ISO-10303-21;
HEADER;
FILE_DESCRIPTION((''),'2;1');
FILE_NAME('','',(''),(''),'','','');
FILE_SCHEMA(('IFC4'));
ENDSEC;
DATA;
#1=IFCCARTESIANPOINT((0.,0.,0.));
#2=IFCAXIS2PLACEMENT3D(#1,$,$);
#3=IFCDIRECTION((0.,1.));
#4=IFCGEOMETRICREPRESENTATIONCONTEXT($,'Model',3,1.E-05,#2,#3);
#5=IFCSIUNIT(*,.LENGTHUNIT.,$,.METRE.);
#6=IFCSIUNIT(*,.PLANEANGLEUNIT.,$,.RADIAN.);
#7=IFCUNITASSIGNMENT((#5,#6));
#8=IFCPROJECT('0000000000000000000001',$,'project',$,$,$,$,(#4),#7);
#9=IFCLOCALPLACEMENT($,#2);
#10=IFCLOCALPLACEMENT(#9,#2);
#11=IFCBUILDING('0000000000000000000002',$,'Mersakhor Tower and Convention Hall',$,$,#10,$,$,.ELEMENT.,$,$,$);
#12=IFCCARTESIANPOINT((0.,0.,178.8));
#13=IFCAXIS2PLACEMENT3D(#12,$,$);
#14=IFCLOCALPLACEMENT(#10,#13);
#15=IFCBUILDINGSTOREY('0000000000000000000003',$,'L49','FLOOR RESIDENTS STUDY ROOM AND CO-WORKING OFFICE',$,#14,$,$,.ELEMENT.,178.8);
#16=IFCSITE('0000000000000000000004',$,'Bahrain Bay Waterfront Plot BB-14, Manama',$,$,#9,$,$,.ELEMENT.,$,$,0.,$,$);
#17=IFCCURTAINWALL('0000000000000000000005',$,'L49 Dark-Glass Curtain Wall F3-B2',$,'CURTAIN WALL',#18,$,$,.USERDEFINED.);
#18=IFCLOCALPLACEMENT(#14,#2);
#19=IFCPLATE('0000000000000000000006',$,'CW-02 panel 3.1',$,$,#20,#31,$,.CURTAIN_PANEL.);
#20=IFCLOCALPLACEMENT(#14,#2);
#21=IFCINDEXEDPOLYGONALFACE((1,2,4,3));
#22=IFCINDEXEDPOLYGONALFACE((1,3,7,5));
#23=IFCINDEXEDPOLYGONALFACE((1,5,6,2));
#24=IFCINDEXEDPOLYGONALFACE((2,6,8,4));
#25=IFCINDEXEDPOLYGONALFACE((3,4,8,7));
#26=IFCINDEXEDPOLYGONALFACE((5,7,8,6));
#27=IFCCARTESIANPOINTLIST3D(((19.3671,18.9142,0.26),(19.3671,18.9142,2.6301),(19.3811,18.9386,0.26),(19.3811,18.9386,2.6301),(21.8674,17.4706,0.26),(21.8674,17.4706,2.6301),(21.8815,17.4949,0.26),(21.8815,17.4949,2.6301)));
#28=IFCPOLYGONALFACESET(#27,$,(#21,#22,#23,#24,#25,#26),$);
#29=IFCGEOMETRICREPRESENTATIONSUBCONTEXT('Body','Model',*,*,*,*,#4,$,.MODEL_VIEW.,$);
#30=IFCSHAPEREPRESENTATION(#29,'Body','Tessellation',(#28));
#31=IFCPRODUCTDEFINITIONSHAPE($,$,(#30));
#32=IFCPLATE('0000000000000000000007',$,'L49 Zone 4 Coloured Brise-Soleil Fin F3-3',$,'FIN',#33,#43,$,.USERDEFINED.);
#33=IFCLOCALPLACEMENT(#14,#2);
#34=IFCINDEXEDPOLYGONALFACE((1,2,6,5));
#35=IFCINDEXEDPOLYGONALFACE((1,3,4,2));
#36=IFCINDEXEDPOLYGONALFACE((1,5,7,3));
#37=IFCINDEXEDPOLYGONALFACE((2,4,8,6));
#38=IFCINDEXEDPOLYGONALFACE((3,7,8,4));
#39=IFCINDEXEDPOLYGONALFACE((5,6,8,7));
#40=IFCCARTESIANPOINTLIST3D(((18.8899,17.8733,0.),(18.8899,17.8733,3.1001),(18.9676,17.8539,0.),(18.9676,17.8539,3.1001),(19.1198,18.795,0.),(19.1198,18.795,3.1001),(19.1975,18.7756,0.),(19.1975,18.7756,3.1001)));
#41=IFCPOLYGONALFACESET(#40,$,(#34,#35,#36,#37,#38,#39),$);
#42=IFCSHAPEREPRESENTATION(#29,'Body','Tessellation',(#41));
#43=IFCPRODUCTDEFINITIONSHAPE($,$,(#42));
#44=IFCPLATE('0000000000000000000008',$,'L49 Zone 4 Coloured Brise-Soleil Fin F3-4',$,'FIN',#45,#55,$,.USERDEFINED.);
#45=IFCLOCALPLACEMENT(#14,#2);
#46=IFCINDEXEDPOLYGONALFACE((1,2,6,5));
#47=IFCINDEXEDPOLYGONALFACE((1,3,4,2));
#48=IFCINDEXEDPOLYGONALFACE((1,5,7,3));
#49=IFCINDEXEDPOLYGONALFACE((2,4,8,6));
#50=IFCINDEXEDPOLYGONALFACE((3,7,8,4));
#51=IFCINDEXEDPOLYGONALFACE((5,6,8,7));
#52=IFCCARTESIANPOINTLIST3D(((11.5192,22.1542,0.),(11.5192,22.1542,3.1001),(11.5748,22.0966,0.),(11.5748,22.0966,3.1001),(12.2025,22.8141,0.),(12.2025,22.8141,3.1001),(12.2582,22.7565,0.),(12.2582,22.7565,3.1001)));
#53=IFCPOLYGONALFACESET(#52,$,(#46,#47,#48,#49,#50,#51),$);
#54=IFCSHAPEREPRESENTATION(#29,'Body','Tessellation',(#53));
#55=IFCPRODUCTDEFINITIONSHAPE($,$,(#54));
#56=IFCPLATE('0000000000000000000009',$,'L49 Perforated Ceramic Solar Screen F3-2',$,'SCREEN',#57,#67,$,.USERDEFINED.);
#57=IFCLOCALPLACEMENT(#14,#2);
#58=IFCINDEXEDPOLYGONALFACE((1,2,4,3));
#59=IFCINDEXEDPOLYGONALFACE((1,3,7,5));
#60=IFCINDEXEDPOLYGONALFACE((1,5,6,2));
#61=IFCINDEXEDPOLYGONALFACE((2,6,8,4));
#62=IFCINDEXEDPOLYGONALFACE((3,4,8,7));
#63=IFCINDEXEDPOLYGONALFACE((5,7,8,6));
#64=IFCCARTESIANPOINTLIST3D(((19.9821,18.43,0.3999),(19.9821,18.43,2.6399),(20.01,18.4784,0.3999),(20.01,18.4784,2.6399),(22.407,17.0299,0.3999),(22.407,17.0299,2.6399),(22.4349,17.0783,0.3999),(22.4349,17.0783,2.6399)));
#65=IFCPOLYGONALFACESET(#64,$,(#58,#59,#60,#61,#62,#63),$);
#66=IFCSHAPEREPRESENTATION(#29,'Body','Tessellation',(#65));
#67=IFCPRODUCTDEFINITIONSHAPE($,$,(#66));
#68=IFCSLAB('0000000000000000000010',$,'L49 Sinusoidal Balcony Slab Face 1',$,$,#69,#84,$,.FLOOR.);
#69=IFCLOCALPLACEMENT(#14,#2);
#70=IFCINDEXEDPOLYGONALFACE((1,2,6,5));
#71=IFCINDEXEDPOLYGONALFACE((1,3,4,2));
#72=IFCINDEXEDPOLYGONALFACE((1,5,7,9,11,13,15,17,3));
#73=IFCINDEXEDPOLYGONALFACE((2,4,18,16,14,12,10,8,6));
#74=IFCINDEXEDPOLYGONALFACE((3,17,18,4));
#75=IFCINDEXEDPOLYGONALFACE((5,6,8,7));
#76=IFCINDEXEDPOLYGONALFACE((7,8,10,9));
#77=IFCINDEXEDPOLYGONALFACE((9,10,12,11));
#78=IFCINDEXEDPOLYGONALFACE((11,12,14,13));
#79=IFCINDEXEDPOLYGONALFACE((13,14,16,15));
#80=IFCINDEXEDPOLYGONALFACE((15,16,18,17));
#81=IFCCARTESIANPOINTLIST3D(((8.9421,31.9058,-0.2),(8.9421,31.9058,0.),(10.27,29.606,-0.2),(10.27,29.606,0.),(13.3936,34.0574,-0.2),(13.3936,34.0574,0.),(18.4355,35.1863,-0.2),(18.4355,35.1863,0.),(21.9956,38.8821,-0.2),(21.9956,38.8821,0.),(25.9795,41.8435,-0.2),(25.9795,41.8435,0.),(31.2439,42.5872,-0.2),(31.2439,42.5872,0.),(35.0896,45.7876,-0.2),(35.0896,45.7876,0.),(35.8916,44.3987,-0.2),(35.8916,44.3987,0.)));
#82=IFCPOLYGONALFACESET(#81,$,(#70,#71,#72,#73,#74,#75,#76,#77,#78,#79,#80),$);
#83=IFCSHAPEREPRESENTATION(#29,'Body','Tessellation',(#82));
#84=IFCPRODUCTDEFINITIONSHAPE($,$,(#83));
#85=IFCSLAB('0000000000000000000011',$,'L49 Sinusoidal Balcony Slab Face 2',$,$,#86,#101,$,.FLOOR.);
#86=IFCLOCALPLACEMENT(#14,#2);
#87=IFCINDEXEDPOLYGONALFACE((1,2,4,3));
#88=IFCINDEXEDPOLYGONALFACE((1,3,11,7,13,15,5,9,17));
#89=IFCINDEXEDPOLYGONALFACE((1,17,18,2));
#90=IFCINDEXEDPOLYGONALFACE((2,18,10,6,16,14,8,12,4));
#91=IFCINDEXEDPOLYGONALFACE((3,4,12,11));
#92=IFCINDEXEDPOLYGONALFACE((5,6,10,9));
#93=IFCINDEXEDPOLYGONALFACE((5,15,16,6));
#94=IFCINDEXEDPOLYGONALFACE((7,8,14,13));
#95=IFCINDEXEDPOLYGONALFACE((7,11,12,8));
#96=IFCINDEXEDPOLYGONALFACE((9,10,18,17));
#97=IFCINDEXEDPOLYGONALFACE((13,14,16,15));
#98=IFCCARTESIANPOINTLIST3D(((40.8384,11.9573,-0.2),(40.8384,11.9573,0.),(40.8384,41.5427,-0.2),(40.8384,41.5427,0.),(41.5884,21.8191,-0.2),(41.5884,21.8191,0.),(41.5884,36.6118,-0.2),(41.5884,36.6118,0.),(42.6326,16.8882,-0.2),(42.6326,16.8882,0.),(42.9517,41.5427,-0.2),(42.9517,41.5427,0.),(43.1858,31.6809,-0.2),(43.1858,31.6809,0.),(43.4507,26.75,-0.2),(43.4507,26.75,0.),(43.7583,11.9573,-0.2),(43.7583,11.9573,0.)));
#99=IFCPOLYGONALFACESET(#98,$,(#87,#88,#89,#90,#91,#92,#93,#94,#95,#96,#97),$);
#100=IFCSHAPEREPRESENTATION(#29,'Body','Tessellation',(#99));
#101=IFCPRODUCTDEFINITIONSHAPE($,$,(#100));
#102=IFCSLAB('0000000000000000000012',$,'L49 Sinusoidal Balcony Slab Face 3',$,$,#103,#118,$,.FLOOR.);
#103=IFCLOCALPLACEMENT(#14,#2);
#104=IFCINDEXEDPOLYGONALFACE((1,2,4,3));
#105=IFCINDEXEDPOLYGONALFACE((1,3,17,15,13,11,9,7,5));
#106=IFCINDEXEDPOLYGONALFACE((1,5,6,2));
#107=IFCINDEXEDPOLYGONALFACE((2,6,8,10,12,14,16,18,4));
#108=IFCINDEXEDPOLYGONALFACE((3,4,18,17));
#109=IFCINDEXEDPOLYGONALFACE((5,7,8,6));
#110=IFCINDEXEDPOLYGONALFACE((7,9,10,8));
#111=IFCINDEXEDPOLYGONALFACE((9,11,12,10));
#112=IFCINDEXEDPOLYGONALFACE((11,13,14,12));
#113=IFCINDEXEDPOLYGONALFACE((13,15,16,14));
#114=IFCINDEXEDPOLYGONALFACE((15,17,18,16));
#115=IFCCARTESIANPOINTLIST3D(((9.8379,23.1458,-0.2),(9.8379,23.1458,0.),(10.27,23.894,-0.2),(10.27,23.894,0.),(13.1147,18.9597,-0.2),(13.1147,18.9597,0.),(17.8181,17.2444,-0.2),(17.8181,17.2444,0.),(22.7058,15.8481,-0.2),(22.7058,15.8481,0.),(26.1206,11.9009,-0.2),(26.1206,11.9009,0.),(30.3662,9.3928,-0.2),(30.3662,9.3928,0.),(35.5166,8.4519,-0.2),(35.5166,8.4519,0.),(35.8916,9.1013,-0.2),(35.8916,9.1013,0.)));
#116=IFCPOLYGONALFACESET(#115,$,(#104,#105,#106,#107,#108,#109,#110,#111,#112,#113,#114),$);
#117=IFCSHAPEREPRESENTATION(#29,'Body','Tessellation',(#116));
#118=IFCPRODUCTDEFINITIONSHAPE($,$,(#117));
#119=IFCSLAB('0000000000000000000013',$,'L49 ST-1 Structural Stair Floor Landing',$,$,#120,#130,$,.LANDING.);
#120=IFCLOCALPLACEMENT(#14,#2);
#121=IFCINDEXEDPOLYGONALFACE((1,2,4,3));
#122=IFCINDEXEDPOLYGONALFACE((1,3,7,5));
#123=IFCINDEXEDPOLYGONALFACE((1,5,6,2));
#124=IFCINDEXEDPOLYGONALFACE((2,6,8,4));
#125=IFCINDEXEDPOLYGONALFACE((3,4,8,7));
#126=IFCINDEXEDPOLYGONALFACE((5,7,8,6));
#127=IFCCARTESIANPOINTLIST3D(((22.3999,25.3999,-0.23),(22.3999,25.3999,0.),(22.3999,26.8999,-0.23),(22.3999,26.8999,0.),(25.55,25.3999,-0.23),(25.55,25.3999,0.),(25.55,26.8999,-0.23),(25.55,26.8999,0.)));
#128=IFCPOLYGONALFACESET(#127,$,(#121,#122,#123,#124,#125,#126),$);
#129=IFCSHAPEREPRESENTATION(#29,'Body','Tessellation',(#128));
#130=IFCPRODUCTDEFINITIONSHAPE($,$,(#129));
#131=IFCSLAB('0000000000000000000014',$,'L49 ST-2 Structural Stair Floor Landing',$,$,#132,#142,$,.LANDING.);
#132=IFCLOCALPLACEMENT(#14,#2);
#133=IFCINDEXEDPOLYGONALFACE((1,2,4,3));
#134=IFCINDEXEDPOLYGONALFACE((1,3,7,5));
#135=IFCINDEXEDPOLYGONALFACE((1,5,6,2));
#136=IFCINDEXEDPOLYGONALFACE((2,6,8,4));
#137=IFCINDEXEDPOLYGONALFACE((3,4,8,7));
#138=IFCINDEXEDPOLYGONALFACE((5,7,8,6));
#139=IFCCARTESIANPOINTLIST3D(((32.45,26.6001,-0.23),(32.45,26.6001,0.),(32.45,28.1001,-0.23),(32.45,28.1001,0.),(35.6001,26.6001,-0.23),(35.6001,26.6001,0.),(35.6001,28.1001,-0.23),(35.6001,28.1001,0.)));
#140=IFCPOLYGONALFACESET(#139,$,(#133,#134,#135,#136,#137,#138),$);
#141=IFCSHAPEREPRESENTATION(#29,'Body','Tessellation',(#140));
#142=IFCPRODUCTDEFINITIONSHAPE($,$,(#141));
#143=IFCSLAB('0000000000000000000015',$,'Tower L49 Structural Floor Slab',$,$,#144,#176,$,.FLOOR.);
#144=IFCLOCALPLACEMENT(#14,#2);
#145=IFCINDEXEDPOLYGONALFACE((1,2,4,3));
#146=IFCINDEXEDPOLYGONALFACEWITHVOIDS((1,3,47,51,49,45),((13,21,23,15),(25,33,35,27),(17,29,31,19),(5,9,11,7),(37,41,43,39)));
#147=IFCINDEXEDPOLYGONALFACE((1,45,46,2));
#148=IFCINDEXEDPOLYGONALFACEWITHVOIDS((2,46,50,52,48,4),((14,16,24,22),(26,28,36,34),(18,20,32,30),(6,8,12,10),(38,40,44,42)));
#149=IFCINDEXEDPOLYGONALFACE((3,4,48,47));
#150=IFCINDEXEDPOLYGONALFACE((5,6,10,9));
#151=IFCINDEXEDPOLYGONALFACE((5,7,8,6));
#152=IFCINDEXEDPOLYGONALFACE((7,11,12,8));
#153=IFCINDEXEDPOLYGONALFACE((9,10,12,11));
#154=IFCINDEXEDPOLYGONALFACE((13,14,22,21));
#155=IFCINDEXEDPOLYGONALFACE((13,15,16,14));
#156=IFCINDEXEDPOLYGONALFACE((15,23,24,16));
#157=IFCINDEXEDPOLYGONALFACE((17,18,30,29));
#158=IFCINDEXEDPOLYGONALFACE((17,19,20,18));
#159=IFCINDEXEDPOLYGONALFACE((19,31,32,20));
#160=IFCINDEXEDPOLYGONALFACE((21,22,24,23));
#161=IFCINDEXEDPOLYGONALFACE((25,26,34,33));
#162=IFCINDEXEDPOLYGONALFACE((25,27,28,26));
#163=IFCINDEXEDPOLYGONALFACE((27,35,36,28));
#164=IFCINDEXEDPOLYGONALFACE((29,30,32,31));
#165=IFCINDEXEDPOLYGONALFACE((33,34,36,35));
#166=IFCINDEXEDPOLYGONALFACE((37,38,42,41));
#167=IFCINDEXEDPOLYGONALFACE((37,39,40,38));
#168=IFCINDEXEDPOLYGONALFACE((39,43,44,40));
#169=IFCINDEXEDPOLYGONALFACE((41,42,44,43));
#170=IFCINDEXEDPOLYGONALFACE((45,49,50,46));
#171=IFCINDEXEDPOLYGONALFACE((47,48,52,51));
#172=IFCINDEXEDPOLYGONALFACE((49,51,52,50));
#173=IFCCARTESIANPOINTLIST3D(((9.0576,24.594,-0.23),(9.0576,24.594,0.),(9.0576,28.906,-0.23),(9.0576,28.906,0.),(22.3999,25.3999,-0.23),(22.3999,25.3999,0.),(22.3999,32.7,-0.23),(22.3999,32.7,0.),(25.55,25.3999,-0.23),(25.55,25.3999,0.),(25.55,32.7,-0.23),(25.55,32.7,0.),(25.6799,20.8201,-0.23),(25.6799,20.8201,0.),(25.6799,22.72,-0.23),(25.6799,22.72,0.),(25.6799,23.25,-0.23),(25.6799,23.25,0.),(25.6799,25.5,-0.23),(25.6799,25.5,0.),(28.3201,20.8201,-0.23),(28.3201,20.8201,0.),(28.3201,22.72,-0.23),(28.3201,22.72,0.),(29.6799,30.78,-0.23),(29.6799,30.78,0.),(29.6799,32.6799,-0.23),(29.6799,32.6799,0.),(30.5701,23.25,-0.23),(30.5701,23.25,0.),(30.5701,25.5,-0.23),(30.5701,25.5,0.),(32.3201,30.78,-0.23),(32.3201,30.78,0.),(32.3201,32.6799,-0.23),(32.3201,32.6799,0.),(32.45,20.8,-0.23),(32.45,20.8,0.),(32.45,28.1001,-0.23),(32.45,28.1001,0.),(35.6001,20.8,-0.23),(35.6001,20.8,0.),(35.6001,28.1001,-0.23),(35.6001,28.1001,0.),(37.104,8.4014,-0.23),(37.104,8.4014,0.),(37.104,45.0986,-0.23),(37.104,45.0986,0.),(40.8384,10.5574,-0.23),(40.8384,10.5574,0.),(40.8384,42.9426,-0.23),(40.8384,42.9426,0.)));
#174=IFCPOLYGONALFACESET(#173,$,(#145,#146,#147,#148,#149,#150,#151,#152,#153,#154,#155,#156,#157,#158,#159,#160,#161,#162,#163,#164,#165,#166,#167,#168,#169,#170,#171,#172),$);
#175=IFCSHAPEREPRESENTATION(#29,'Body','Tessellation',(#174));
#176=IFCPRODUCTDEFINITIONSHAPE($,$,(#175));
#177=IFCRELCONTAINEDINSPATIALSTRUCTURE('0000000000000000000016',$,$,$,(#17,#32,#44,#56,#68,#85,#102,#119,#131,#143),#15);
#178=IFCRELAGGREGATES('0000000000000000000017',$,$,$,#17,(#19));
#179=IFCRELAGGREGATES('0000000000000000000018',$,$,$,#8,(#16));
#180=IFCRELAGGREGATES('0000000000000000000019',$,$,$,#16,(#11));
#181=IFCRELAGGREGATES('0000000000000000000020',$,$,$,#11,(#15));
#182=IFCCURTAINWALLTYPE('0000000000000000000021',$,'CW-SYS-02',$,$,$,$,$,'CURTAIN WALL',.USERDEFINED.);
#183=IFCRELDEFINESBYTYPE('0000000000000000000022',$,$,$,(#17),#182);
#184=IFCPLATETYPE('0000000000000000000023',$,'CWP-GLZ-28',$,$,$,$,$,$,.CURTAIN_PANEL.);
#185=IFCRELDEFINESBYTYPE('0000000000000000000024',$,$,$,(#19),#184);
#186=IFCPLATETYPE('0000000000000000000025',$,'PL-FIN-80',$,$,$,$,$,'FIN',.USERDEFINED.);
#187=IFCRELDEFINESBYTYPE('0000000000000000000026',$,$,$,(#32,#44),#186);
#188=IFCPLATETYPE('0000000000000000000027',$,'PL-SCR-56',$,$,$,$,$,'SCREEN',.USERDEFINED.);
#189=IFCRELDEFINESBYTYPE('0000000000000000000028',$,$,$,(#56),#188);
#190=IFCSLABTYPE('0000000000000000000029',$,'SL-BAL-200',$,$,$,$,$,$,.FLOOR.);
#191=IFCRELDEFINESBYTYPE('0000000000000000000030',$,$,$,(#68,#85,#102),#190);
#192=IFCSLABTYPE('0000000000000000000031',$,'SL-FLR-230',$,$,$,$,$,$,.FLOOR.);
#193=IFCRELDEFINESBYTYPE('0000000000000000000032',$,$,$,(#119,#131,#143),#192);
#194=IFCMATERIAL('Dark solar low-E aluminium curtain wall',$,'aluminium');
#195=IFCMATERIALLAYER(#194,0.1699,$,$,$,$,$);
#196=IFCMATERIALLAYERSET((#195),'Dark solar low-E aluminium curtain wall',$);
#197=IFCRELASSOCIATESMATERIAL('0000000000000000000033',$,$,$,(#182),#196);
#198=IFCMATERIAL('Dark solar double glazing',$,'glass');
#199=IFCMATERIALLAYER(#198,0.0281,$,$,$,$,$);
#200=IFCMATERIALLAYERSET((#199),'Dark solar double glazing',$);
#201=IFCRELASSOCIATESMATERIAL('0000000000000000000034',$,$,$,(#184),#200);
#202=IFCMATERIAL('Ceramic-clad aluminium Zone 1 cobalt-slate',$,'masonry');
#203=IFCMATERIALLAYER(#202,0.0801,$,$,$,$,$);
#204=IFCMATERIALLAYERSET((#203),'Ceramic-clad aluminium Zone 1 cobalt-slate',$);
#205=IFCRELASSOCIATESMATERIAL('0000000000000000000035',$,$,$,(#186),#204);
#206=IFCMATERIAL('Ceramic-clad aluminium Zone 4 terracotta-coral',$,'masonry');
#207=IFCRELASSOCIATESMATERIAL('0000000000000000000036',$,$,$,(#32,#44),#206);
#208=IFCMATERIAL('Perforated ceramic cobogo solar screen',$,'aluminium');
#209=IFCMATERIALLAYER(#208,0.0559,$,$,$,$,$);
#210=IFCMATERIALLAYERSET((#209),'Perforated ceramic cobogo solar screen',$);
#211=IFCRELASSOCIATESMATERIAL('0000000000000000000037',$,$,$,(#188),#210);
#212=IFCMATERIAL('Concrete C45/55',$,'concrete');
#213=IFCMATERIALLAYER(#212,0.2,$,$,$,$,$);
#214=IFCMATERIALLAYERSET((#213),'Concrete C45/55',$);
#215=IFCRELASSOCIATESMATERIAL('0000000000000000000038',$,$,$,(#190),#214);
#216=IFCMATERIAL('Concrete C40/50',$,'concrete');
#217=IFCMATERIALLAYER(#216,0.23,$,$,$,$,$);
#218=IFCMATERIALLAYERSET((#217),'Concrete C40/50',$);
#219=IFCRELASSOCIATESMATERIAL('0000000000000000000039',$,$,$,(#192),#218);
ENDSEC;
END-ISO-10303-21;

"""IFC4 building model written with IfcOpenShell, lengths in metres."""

from ifc_helpers import new_model, si_unit, direction, frame, origin, origin_2d, place, context, subcontext, project, spatial, polyline, rectangle, outline, extrude, material, layer, layer_set, type_object, element, aggregate, save


model = new_model("IFC4")

# Units and contexts
model_context = context("Model", 3, precision=1e-05, world=origin(), true_north=direction((0.0, 1.0)))
body_context = subcontext(model_context, "Body", "Model", "MODEL_VIEW")
ifc_project = project(units=[si_unit("LENGTHUNIT", "METRE"), si_unit("PLANEANGLEUNIT", "RADIAN")], contexts=[model_context])

# Site, building, storey
site_placement = place(None, origin())
site = spatial("IfcSite", under=ifc_project, at=site_placement, Name="Bahrain Bay Waterfront Plot BB-14, Manama", CompositionType="ELEMENT", RefElevation=0.0)
building_placement = place(site_placement, origin())
building = spatial("IfcBuilding", under=site, at=building_placement, Name="Mersakhor Tower and Convention Hall", CompositionType="ELEMENT")
storey_placement = place(building_placement, frame((0.0, 0.0, 178.8)))
storey = spatial("IfcBuildingStorey", under=building, at=storey_placement, Name="L49", Description="FLOOR RESIDENTS STUDY ROOM AND CO-WORKING OFFICE", CompositionType="ELEMENT", Elevation=178.8)

# Curtain wall
ifc_material_1 = material(Name="Dark solar low-E aluminium curtain wall", Category="aluminium")
ifc_layer_1 = layer(ifc_material_1, 0.1699)
ifc_layer_set_1 = layer_set([ifc_layer_1], Name="Dark solar low-E aluminium curtain wall")
curtain_wall_type = type_object("IfcCurtainWallType", Name="CW-SYS-02", ElementType="CURTAIN WALL", PredefinedType="USERDEFINED", material=ifc_layer_set_1)
curtain_wall_placement = place(storey_placement, origin())
curtain_wall = element("IfcCurtainWall", 1, at=curtain_wall_placement, inside=storey, type_object=curtain_wall_type, Name="L49 Dark-Glass Curtain Wall F3-B2", ObjectType="CURTAIN WALL", PredefinedType="USERDEFINED")

# Plate
ifc_material_2 = material(Name="Dark solar double glazing", Category="glass")
ifc_layer_2 = layer(ifc_material_2, 0.0281)
ifc_layer_set_2 = layer_set([ifc_layer_2], Name="Dark solar double glazing")
plate_type_1 = type_object("IfcPlateType", Name="CWP-GLZ-28", PredefinedType="CURTAIN_PANEL", material=ifc_layer_set_2)
plate_1_placement = place(storey_placement, frame((20.6243, 18.2046, 0.26), z_axis=(0.0, 0.0, 1.0), x_axis=(-0.866021, 0.500008, 0.0)))
plate_1 = element("IfcPlate", 2, at=plate_1_placement, type_object=plate_type_1, Name="CW-02 panel 3.1", PredefinedType="CURTAIN_PANEL", context=body_context, shape_type="SweptSolid", body=[
    extrude(rectangle(XDim=2.8872, YDim=0.0281, at=origin_2d()), origin(), (0.0, 0.0, 1.0), 2.3701),
])
aggregate(curtain_wall, [plate_1])

# Plates
ifc_material_3 = material(Name="Ceramic-clad aluminium Zone 4 terracotta-coral", Category="masonry")
ifc_material_4 = material(Name="Ceramic-clad aluminium Zone 1 cobalt-slate", Category="masonry")
ifc_layer_3 = layer(ifc_material_4, 0.0801)
ifc_layer_set_3 = layer_set([ifc_layer_3], Name="Ceramic-clad aluminium Zone 1 cobalt-slate")
plate_type_2 = type_object("IfcPlateType", Name="PL-FIN-80", ElementType="FIN", PredefinedType="USERDEFINED", material=ifc_layer_set_3)
for number, where, z_axis, x_axis, name in (
    (3, (19.0437, 18.3245, 0.0), (0.0, 0.0, 1.0), (-0.241922, -0.970296, 0.0), "L49 Zone 4 Coloured Brise-Soleil Fin F3-3"),
    (4, (11.8887, 22.4553, 0.0), (0.0, 0.0, 1.0), (-0.71934, -0.694658, 0.0), "L49 Zone 4 Coloured Brise-Soleil Fin F3-4"),
):
    element("IfcPlate", number, at=place(storey_placement, frame(where, z_axis=z_axis, x_axis=x_axis)), inside=storey, type_object=plate_type_2, material=ifc_material_3, Name=name, ObjectType="FIN", PredefinedType="USERDEFINED", context=body_context, shape_type="SweptSolid", body=[
        extrude(rectangle(XDim=0.95, YDim=0.0801, at=origin_2d()), origin(), (0.0, 0.0, 1.0), 3.1001),
    ])
ifc_material_5 = material(Name="Perforated ceramic cobogo solar screen", Category="aluminium")
ifc_layer_4 = layer(ifc_material_5, 0.0559)
ifc_layer_set_4 = layer_set([ifc_layer_4], Name="Perforated ceramic cobogo solar screen")
plate_type_3 = type_object("IfcPlateType", Name="PL-SCR-56", ElementType="SCREEN", PredefinedType="USERDEFINED", material=ifc_layer_set_4)
plate_2_placement = place(storey_placement, frame((21.2085, 17.7542, 0.3999), z_axis=(0.0, 0.0, 1.0), x_axis=(-0.866025, 0.5, 0.0)))
element("IfcPlate", 5, at=plate_2_placement, inside=storey, type_object=plate_type_3, Name="L49 Perforated Ceramic Solar Screen F3-2", ObjectType="SCREEN", PredefinedType="USERDEFINED", context=body_context, shape_type="SweptSolid", body=[
    extrude(rectangle(XDim=2.8, YDim=0.0559, at=origin_2d()), origin(), (0.0, 0.0, 1.0), 2.24),
])

# Slabs
ifc_material_6 = material(Name="Concrete C45/55", Category="concrete")
ifc_layer_5 = layer(ifc_material_6, 0.2)
ifc_layer_set_5 = layer_set([ifc_layer_5], Name="Concrete C45/55")
slab_type_1 = type_object("IfcSlabType", Name="SL-BAL-200", PredefinedType="FLOOR", material=ifc_layer_set_5)
slab_1_placement = place(storey_placement, frame((0.0, 0.0, -0.2)))
element("IfcSlab", 6, at=slab_1_placement, inside=storey, type_object=slab_type_1, Name="L49 Sinusoidal Balcony Slab Face 1", PredefinedType="FLOOR", context=body_context, shape_type="SweptSolid", body=[
    extrude(outline(polyline([(10.27, 29.606), (35.8916, 44.3987), (35.0896, 45.7876), (31.2439, 42.5872), (25.9795, 41.8435), (21.9956, 38.8821), (18.4355, 35.1863), (13.3936, 34.0574), (8.9421, 31.9058), (10.27, 29.606)])), origin(), (0.0, 0.0, 1.0), 0.2),
])
slab_2_placement = place(storey_placement, frame((0.0, 0.0, -0.2)))
element("IfcSlab", 7, at=slab_2_placement, inside=storey, type_object=slab_type_1, Name="L49 Sinusoidal Balcony Slab Face 2", PredefinedType="FLOOR", context=body_context, shape_type="SweptSolid", body=[
    extrude(outline(polyline([(40.8384, 41.5427), (40.8384, 11.9573), (43.7583, 11.9573), (42.6326, 16.8882), (41.5884, 21.8191), (43.4507, 26.75), (43.1858, 31.6809), (41.5884, 36.6118), (42.9517, 41.5427), (40.8384, 41.5427)])), origin(), (0.0, 0.0, 1.0), 0.2),
])
slab_3_placement = place(storey_placement, frame((0.0, 0.0, -0.2)))
element("IfcSlab", 8, at=slab_3_placement, inside=storey, type_object=slab_type_1, Name="L49 Sinusoidal Balcony Slab Face 3", PredefinedType="FLOOR", context=body_context, shape_type="SweptSolid", body=[
    extrude(outline(polyline([(35.8916, 9.1013), (10.27, 23.894), (9.8379, 23.1458), (13.1147, 18.9597), (17.8181, 17.2444), (22.7058, 15.8481), (26.1206, 11.9009), (30.3662, 9.3928), (35.5166, 8.4519), (35.8916, 9.1013)])), origin(), (0.0, 0.0, 1.0), 0.2),
])
ifc_material_7 = material(Name="Concrete C40/50", Category="concrete")
ifc_layer_6 = layer(ifc_material_7, 0.23)
ifc_layer_set_6 = layer_set([ifc_layer_6], Name="Concrete C40/50")
slab_type_2 = type_object("IfcSlabType", Name="SL-FLR-230", PredefinedType="FLOOR", material=ifc_layer_set_6)
slab_4_placement = place(storey_placement, frame((0.0, 0.0, -0.23)))
element("IfcSlab", 9, at=slab_4_placement, inside=storey, type_object=slab_type_2, Name="L49 ST-1 Structural Stair Floor Landing", PredefinedType="LANDING", context=body_context, shape_type="SweptSolid", body=[
    extrude(outline(polyline([(25.55, 25.3999), (25.55, 26.8999), (22.3999, 26.8999), (22.3999, 25.3999), (25.55, 25.3999)])), origin(), (0.0, 0.0, 1.0), 0.23),
])
slab_5_placement = place(storey_placement, frame((0.0, 0.0, -0.23)))
element("IfcSlab", 10, at=slab_5_placement, inside=storey, type_object=slab_type_2, Name="L49 ST-2 Structural Stair Floor Landing", PredefinedType="LANDING", context=body_context, shape_type="SweptSolid", body=[
    extrude(outline(polyline([(32.45, 28.1001), (32.45, 26.6001), (35.6001, 26.6001), (35.6001, 28.1001), (32.45, 28.1001)])), origin(), (0.0, 0.0, 1.0), 0.23),
])
slab_6_placement = place(storey_placement, frame((0.0, 0.0, -0.23)))
element("IfcSlab", 11, at=slab_6_placement, inside=storey, type_object=slab_type_2, Name="Tower L49 Structural Floor Slab", PredefinedType="FLOOR", context=body_context, shape_type="SweptSolid", body=[
    extrude(outline(polyline([(9.0576, 28.906), (37.104, 45.0986), (40.8384, 42.9426), (40.8384, 10.5574), (37.104, 8.4014), (9.0576, 24.594), (9.0576, 28.906)]), holes=[polyline([(25.55, 25.3999), (25.55, 32.7), (22.3999, 32.7), (22.3999, 25.3999), (25.55, 25.3999)]), polyline([(32.45, 28.1001), (32.45, 20.8), (35.6001, 20.8), (35.6001, 28.1001), (32.45, 28.1001)]), polyline([(25.6799, 20.8201), (25.6799, 22.72), (28.3201, 22.72), (28.3201, 20.8201), (25.6799, 20.8201)]), polyline([(29.6799, 30.78), (29.6799, 32.6799), (32.3201, 32.6799), (32.3201, 30.78), (29.6799, 30.78)]), polyline([(25.6799, 23.25), (25.6799, 25.5), (30.5701, 25.5), (30.5701, 23.25), (25.6799, 23.25)])]), origin(), (0.0, 0.0, 1.0), 0.23),
])

save(model, "model.ifc")
